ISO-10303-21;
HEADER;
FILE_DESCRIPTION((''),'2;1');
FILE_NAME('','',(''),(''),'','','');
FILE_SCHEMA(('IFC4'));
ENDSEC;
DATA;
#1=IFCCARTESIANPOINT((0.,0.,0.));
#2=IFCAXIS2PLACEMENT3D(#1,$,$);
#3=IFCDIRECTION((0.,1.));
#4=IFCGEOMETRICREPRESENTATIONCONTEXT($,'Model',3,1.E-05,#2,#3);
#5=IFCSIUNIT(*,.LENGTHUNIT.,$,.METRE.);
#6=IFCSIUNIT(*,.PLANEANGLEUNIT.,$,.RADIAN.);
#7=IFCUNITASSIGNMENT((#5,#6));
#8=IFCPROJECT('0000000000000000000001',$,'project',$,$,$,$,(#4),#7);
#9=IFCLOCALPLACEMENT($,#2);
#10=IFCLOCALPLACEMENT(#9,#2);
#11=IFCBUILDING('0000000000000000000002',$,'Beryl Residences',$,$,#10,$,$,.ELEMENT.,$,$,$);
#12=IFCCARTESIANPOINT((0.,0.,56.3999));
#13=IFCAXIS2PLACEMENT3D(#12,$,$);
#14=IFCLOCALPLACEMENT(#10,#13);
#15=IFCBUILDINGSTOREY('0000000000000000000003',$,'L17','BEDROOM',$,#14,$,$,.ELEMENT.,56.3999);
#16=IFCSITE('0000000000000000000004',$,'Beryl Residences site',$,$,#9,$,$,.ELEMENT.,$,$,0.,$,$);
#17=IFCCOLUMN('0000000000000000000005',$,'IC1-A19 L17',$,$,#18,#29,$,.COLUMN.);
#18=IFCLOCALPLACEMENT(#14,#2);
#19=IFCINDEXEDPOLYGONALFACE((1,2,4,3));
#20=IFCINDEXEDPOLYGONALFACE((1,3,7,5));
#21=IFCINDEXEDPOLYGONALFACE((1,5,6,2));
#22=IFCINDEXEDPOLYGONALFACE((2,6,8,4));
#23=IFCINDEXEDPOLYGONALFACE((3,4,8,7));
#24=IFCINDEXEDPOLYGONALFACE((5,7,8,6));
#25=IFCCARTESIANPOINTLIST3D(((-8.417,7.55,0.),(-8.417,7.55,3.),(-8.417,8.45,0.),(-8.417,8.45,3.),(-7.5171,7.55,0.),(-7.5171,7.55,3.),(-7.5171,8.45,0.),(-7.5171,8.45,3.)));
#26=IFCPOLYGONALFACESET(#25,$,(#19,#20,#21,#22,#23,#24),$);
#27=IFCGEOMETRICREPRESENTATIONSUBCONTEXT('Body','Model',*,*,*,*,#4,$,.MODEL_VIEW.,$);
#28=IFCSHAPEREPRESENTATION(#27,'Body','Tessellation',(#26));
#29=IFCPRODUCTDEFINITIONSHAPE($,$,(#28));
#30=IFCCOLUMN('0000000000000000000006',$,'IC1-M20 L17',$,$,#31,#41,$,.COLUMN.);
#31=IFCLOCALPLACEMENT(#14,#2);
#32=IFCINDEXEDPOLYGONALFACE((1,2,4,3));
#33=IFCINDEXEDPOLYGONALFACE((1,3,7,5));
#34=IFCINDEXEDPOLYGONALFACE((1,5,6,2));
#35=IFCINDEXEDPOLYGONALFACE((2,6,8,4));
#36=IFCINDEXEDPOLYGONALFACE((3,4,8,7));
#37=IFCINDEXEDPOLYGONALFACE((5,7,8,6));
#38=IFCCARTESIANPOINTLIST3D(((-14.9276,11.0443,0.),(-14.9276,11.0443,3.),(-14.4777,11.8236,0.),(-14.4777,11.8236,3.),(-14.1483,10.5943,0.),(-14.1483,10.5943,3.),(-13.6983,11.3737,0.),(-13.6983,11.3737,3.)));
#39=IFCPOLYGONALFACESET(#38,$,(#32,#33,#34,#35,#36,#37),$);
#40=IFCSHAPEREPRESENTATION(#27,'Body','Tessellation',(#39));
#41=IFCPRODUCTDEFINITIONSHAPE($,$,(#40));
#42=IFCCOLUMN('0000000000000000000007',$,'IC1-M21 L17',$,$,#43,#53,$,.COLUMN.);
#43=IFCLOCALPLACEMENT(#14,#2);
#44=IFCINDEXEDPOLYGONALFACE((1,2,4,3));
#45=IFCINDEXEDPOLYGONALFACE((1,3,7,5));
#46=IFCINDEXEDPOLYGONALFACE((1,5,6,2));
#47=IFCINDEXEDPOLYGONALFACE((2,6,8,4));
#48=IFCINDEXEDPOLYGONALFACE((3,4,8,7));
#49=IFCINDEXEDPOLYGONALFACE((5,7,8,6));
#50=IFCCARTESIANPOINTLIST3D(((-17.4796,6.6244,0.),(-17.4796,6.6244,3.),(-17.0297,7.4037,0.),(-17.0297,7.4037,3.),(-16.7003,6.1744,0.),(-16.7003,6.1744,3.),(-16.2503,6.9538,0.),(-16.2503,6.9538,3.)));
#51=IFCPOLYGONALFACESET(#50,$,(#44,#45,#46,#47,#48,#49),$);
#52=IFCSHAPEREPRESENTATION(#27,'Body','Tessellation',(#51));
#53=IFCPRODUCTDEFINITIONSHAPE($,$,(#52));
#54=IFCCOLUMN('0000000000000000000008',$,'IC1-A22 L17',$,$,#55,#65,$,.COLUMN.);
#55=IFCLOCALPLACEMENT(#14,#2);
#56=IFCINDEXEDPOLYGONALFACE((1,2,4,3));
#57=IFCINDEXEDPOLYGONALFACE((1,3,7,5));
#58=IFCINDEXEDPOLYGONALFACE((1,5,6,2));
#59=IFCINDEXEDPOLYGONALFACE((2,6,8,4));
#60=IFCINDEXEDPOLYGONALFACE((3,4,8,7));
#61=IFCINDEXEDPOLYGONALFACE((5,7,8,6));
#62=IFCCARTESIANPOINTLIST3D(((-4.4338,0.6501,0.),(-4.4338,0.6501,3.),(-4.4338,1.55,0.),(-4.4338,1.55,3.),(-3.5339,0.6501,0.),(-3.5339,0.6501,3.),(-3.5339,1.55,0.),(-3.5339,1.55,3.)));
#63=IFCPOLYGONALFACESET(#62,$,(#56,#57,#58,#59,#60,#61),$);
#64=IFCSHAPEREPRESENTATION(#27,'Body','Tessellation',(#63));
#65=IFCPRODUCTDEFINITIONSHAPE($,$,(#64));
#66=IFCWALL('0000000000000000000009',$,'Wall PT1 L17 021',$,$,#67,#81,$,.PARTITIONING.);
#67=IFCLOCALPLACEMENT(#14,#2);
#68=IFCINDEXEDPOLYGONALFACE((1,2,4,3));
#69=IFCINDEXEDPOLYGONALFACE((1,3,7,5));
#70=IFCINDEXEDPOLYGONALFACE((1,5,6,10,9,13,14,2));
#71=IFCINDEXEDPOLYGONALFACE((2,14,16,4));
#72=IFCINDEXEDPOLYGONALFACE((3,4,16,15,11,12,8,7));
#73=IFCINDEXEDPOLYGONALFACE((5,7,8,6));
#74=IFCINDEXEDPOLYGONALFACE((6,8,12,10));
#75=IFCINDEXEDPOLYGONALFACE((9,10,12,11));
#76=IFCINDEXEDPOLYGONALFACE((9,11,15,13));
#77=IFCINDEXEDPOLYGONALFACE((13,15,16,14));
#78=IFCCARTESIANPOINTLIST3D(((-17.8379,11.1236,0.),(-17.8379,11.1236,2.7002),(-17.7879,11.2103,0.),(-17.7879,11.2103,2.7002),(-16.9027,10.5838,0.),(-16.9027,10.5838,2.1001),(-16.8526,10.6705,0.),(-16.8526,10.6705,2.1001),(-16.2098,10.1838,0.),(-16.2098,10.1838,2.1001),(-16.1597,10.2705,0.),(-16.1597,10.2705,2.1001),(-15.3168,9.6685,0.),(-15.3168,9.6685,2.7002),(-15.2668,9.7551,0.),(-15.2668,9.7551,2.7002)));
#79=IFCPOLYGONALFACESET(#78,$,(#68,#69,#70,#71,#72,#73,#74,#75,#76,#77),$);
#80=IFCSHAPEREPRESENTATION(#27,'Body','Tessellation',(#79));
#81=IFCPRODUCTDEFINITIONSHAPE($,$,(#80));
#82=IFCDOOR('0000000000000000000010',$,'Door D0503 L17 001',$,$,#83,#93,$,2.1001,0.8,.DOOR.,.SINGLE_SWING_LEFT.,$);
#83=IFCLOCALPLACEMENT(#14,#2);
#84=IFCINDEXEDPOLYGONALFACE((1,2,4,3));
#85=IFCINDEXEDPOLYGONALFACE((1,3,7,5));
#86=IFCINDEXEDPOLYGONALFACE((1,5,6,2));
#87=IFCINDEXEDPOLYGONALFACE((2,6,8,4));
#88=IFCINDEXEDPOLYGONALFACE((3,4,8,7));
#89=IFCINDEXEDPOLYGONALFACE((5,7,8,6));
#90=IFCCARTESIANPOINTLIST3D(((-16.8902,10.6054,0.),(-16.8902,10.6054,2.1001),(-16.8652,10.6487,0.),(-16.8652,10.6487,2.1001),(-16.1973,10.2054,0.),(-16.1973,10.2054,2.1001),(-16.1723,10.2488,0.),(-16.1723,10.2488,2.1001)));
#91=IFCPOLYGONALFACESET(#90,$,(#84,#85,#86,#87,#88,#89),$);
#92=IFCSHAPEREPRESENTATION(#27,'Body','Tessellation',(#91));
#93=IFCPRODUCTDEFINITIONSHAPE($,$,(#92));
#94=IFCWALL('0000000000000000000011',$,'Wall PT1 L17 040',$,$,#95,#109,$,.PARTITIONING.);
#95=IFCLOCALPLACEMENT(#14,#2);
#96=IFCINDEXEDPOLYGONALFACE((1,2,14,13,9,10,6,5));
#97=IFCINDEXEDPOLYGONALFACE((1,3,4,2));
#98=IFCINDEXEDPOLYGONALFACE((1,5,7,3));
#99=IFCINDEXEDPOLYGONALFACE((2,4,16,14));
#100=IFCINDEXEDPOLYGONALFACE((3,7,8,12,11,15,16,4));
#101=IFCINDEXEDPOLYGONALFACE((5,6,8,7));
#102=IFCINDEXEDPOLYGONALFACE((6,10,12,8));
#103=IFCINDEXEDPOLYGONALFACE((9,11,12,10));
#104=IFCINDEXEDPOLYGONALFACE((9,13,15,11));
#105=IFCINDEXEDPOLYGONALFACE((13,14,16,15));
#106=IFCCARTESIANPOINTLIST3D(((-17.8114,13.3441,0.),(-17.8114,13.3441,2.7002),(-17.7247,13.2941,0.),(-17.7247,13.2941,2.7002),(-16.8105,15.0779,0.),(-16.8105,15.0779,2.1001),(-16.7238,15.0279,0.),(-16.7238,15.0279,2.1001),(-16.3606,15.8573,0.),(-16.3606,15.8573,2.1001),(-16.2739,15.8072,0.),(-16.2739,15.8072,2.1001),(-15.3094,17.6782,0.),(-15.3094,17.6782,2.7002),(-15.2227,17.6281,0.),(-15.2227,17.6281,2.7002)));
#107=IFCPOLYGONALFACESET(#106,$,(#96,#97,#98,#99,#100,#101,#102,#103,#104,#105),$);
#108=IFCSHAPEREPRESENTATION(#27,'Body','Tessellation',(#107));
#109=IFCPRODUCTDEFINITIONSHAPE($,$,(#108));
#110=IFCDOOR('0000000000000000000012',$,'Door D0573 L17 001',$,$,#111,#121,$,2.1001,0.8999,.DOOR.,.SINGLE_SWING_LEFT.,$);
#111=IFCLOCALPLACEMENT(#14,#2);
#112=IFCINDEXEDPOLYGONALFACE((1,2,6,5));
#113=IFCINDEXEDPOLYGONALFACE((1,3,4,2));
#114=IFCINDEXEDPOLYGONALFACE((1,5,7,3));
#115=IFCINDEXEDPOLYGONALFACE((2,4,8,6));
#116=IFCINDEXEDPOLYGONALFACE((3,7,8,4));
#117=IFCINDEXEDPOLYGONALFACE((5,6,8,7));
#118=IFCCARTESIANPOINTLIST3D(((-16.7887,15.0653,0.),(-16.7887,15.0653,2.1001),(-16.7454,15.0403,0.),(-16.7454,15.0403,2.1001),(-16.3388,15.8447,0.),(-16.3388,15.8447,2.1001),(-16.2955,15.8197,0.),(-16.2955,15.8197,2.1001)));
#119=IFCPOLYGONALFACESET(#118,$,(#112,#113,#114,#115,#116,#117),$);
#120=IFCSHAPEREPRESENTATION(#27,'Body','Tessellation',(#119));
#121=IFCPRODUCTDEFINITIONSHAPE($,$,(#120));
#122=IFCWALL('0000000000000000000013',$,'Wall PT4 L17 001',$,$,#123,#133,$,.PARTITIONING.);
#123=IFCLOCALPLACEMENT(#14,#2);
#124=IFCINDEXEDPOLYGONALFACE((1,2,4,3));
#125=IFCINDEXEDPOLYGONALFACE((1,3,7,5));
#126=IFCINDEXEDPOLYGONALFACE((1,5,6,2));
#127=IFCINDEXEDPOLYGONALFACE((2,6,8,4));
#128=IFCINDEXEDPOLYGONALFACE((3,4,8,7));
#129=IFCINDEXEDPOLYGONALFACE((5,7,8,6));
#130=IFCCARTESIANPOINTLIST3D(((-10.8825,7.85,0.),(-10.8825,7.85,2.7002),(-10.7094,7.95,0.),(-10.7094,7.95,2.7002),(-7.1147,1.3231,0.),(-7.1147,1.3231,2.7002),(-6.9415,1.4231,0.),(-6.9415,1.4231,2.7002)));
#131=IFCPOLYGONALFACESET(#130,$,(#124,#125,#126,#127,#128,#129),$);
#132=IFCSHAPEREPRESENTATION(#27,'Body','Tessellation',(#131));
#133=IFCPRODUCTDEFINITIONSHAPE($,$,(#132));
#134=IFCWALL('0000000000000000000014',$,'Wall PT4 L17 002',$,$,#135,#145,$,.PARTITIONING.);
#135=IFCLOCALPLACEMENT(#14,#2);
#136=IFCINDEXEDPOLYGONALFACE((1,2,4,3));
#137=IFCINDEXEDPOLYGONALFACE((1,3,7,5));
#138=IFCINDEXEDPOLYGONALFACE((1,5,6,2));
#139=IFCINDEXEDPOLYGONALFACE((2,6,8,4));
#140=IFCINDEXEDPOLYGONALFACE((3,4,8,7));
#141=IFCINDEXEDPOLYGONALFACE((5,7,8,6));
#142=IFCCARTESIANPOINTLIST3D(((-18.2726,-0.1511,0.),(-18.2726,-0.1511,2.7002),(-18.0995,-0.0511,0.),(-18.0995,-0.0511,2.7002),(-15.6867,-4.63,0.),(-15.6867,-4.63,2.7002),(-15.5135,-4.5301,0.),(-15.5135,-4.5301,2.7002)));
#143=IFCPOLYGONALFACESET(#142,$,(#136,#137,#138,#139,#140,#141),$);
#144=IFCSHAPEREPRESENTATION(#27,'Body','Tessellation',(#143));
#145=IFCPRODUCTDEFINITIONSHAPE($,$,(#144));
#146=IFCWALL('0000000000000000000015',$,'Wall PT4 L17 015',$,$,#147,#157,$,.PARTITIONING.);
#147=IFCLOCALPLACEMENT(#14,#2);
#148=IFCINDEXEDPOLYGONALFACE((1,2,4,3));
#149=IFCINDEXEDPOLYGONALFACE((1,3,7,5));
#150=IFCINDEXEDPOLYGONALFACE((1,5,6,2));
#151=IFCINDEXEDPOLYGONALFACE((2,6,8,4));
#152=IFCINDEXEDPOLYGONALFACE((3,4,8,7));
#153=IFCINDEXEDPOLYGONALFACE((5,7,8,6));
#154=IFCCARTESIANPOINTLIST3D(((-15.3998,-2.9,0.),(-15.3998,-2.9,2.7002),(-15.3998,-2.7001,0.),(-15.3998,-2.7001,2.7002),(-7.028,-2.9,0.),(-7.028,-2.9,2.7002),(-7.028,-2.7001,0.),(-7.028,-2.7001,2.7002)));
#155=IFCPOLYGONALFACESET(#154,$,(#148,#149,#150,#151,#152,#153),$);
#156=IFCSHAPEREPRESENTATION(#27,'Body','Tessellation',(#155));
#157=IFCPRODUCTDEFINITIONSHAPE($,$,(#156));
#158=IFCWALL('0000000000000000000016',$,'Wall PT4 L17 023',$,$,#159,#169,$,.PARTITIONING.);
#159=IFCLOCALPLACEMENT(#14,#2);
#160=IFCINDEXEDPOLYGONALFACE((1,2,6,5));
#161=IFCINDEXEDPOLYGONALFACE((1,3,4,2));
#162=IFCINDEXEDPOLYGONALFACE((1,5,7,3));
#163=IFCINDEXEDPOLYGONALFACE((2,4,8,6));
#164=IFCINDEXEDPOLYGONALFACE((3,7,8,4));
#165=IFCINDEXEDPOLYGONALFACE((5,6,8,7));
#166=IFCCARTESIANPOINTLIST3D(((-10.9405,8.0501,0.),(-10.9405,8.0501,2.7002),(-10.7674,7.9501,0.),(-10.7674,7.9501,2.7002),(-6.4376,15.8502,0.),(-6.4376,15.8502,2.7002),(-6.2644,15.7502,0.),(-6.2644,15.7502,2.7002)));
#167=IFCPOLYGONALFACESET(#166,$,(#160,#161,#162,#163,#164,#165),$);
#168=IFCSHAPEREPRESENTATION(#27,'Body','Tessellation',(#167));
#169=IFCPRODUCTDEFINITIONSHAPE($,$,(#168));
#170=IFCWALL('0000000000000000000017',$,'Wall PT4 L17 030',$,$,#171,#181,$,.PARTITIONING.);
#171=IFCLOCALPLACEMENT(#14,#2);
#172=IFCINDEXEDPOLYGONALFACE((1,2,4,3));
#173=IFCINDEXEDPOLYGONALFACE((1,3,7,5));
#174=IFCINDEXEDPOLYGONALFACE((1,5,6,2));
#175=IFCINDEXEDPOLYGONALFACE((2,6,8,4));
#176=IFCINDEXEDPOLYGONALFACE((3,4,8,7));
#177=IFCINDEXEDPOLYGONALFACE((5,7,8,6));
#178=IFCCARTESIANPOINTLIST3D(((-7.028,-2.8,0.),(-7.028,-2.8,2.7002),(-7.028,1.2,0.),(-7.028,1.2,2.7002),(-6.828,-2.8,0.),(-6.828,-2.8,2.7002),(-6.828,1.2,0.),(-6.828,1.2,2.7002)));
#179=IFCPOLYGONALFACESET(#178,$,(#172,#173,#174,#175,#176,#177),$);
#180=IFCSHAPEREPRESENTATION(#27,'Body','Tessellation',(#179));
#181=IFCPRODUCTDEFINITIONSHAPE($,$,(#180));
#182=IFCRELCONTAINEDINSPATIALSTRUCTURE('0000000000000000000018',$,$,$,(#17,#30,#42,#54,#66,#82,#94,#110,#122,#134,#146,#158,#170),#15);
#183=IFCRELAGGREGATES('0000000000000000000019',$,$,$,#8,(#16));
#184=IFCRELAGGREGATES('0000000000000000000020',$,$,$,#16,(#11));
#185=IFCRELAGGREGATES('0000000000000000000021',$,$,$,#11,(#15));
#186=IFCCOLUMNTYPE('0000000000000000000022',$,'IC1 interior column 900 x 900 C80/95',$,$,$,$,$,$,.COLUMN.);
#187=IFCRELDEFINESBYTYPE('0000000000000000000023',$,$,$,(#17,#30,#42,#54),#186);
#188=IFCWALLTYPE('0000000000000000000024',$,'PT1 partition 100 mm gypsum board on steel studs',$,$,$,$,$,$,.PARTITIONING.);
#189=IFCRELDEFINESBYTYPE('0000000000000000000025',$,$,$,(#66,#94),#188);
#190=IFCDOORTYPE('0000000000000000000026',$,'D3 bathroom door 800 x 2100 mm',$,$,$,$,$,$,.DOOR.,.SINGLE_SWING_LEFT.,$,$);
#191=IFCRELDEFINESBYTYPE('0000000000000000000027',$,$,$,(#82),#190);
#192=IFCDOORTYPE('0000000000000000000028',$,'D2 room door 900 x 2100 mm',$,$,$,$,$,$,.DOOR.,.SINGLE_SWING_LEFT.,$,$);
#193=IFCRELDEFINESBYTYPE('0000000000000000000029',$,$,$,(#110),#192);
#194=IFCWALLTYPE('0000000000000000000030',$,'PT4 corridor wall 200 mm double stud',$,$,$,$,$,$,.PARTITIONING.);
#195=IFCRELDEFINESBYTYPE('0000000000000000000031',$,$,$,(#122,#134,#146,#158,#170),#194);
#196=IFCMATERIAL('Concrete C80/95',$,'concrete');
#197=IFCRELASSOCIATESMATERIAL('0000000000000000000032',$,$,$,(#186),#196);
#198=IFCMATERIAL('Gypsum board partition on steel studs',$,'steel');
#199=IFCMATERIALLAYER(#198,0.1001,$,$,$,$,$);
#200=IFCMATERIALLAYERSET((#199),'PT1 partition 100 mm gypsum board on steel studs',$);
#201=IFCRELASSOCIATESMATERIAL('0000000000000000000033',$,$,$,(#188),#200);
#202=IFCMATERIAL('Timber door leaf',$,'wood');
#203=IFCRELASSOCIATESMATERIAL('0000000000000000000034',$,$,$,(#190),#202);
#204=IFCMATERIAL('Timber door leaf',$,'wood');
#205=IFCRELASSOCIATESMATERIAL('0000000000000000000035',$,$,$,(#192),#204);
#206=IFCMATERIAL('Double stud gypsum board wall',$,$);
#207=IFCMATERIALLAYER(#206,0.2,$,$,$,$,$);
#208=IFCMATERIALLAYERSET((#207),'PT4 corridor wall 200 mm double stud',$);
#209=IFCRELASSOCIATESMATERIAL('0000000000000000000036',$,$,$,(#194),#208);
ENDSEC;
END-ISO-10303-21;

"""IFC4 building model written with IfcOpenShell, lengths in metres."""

from ifc_helpers import new_model, si_unit, direction, frame, frame_2d, origin, origin_2d, place, context, subcontext, project, spatial, rectangle, extrude, material, layer, layer_set, material_profile, profile_set, type_object, element, fill, save


model = new_model("IFC4")

# Units and contexts
model_context = context("Model", 3, precision=1e-05, world=origin(), true_north=direction((0.0, 1.0)))
body_context = subcontext(model_context, "Body", "Model", "MODEL_VIEW")
ifc_project = project(units=[si_unit("LENGTHUNIT", "METRE"), si_unit("PLANEANGLEUNIT", "RADIAN")], contexts=[model_context])

# Site, building, storey
site_placement = place(None, origin())
site = spatial("IfcSite", under=ifc_project, at=site_placement, Name="Beryl Residences site", CompositionType="ELEMENT", RefElevation=0.0)
building_placement = place(site_placement, origin())
building = spatial("IfcBuilding", under=site, at=building_placement, Name="Beryl Residences", CompositionType="ELEMENT")
storey_placement = place(building_placement, frame((0.0, 0.0, 56.3999)))
storey = spatial("IfcBuildingStorey", under=building, at=storey_placement, Name="L17", Description="BEDROOM", CompositionType="ELEMENT", Elevation=56.3999)

# Columns
ifc_material_1 = material(Name="Concrete C80/95", Category="concrete")
ifc_material_profile = material_profile(ifc_material_1, rectangle(XDim=0.8999, YDim=0.8999, at=origin_2d()))
ifc_profile_set = profile_set([ifc_material_profile], Name="Concrete C80/95")
column_type = type_object("IfcColumnType", Name="IC1 interior column 900 x 900 C80/95", PredefinedType="COLUMN", material=ifc_profile_set)
for number, where, z_axis, x_axis, name in (
    (1, (-7.967, 8.0, 0.0), (0.0, 0.0, 1.0), (1.0, 0.0, 0.0), "IC1-A19 L17"),
    (2, (-14.313, 11.209, 0.0), (0.0, 0.0, 1.0), (-0.499985, -0.866034, 0.0), "IC1-M20 L17"),
    (3, (-16.865, 6.7891, 0.0), (0.0, 0.0, 1.0), (-0.499985, -0.866034, 0.0), "IC1-M21 L17"),
    (4, (-3.9839, 1.1001, 0.0), (0.0, 0.0, 1.0), (1.0, 0.0, 0.0), "IC1-A22 L17"),
):
    element("IfcColumn", number, at=place(storey_placement, frame(where, z_axis=z_axis, x_axis=x_axis)), inside=storey, type_object=column_type, Name=name, PredefinedType="COLUMN", context=body_context, shape_type="SweptSolid", body=[
        extrude(rectangle(XDim=0.8999, YDim=0.8999, at=origin_2d()), origin(), (0.0, 0.0, 1.0), 3.0),
    ])

# Walls, openings, doors
ifc_material_2 = material(Name="Gypsum board partition on steel studs", Category="steel")
ifc_layer_1 = layer(ifc_material_2, 0.1001)
ifc_layer_set_1 = layer_set([ifc_layer_1], Name="PT1 partition 100 mm gypsum board on steel studs")
wall_type_1 = type_object("IfcWallType", Name="PT1 partition 100 mm gypsum board on steel studs", PredefinedType="PARTITIONING", material=ifc_layer_set_1)
wall_1_placement = place(storey_placement, frame((-17.813, 11.167, 0.0), z_axis=(0.0, 0.0, 1.0), x_axis=(0.866088, -0.499892, 0.0)))
wall_1 = element("IfcWall", 5, at=wall_1_placement, inside=storey, type_object=wall_type_1, Name="Wall PT1 L17 021", PredefinedType="PARTITIONING", context=body_context, shape_type="SweptSolid", body=[
    extrude(rectangle(XDim=2.9109, YDim=0.1001, at=frame_2d((1.4556, 0.0))), origin(), (0.0, 0.0, 1.0), 2.7002),
])
opening_1_placement = place(wall_1_placement, frame((1.0801, 0.0, 0.0)))
opening_1 = element("IfcOpeningElement", 6, at=opening_1_placement, cuts=wall_1, PredefinedType="OPENING", context=body_context, shape_type="SweptSolid", body=[
    extrude(rectangle(XDim=0.8, YDim=2.1001, at=frame_2d((0.3999, 1.05))), frame((0.0, 0.0601, 0.0), z_axis=(0.0, -1.0, 0.0), x_axis=(1.0, 0.0, 0.0)), (0.0, 0.0, 1.0), 0.1201),
])
ifc_material_3 = material(Name="Timber door leaf", Category="wood")
door_type_1 = type_object("IfcDoorType", Name="D3 bathroom door 800 x 2100 mm", OperationType="SINGLE_SWING_LEFT", PredefinedType="DOOR", material=ifc_material_3)
door_1_placement = place(opening_1_placement, origin())
door_1 = element("IfcDoor", 7, at=door_1_placement, inside=storey, type_object=door_type_1, Name="Door D0503 L17 001", OperationType="SINGLE_SWING_LEFT", OverallHeight=2.1001, OverallWidth=0.8, PredefinedType="DOOR", context=body_context, shape_type="SweptSolid", body=[
    extrude(rectangle(XDim=0.8, YDim=2.1001, at=frame_2d((0.3999, 1.05))), frame((0.0, 0.0249, 0.0), z_axis=(0.0, -1.0, 0.0), x_axis=(1.0, 0.0, 0.0)), (0.0, 0.0, 1.0), 0.05),
])
fill(opening_1, door_1)
wall_2_placement = place(storey_placement, frame((-17.7681, 13.3191, 0.0), z_axis=(0.0, 0.0, 1.0), x_axis=(0.499959, 0.866049, 0.0)))
wall_2 = element("IfcWall", 8, at=wall_2_placement, inside=storey, type_object=wall_type_1, Name="Wall PT1 L17 040", PredefinedType="PARTITIONING", context=body_context, shape_type="SweptSolid", body=[
    extrude(rectangle(XDim=5.0044, YDim=0.1001, at=frame_2d((2.5022, 0.0))), origin(), (0.0, 0.0, 1.0), 2.7002),
])
opening_2_placement = place(wall_2_placement, frame((2.002, 0.0, 0.0)))
opening_2 = element("IfcOpeningElement", 9, at=opening_2_placement, cuts=wall_2, PredefinedType="OPENING", context=body_context, shape_type="SweptSolid", body=[
    extrude(rectangle(XDim=0.8999, YDim=2.1001, at=frame_2d((0.45, 1.05))), frame((0.0, 0.0601, 0.0), z_axis=(0.0, -1.0, 0.0), x_axis=(1.0, 0.0, 0.0)), (0.0, 0.0, 1.0), 0.1201),
])
ifc_material_4 = material(Name="Timber door leaf", Category="wood")
door_type_2 = type_object("IfcDoorType", Name="D2 room door 900 x 2100 mm", OperationType="SINGLE_SWING_LEFT", PredefinedType="DOOR", material=ifc_material_4)
door_2_placement = place(opening_2_placement, origin())
door_2 = element("IfcDoor", 10, at=door_2_placement, inside=storey, type_object=door_type_2, Name="Door D0573 L17 001", OperationType="SINGLE_SWING_LEFT", OverallHeight=2.1001, OverallWidth=0.8999, PredefinedType="DOOR", context=body_context, shape_type="SweptSolid", body=[
    extrude(rectangle(XDim=0.8999, YDim=2.1001, at=frame_2d((0.45, 1.05))), frame((0.0, 0.0249, 0.0), z_axis=(0.0, -1.0, 0.0), x_axis=(1.0, 0.0, 0.0)), (0.0, 0.0, 1.0), 0.05),
])
fill(opening_2, door_2)

# Walls
ifc_material_5 = material(Name="Double stud gypsum board wall")
ifc_layer_2 = layer(ifc_material_5, 0.2)
ifc_layer_set_2 = layer_set([ifc_layer_2], Name="PT4 corridor wall 200 mm double stud")
wall_type_2 = type_object("IfcWallType", Name="PT4 corridor wall 200 mm double stud", PredefinedType="PARTITIONING", material=ifc_layer_set_2)
wall_3_placement = place(storey_placement, frame((-10.7959, 7.8999, 0.0), z_axis=(0.0, 0.0, 1.0), x_axis=(0.499954, -0.866052, 0.0)))
element("IfcWall", 11, at=wall_3_placement, inside=storey, type_object=wall_type_2, Name="Wall PT4 L17 001", PredefinedType="PARTITIONING", context=body_context, shape_type="SweptSolid", body=[
    extrude(rectangle(XDim=7.5364, YDim=0.2, at=frame_2d((3.7681, 0.0))), origin(), (0.0, 0.0, 1.0), 2.7002),
])
wall_4_placement = place(storey_placement, frame((-18.186, -0.1011, 0.0), z_axis=(0.0, 0.0, 1.0), x_axis=(0.499998, -0.866027, 0.0)))
element("IfcWall", 12, at=wall_4_placement, inside=storey, type_object=wall_type_2, Name="Wall PT4 L17 002", PredefinedType="PARTITIONING", context=body_context, shape_type="SweptSolid", body=[
    extrude(rectangle(XDim=5.1719, YDim=0.2, at=frame_2d((2.5859, 0.0))), origin(), (0.0, 0.0, 1.0), 2.7002),
])
wall_5_placement = place(storey_placement, frame((-15.3999, -2.8, 0.0), z_axis=(0.0, 0.0, 1.0), x_axis=(1.0, 0.0, 0.0)))
element("IfcWall", 13, at=wall_5_placement, inside=storey, type_object=wall_type_2, Name="Wall PT4 L17 015", PredefinedType="PARTITIONING", context=body_context, shape_type="SweptSolid", body=[
    extrude(rectangle(XDim=8.3718, YDim=0.2, at=frame_2d((4.186, 0.0))), origin(), (0.0, 0.0, 1.0), 2.7002),
])
wall_6_placement = place(storey_placement, frame((-10.854, 8.0, 0.0), z_axis=(0.0, 0.0, 1.0), x_axis=(0.499964, 0.866046, 0.0)))
element("IfcWall", 14, at=wall_6_placement, inside=storey, type_object=wall_type_2, Name="Wall PT4 L17 023", PredefinedType="PARTITIONING", context=body_context, shape_type="SweptSolid", body=[
    extrude(rectangle(XDim=9.0066, YDim=0.2, at=frame_2d((4.5034, 0.0))), origin(), (0.0, 0.0, 1.0), 2.7002),
])
wall_7_placement = place(storey_placement, frame((-6.928, -2.8, 0.0), z_axis=(0.0, 0.0, 1.0), x_axis=(0.0, 1.0, 0.0)))
element("IfcWall", 15, at=wall_7_placement, inside=storey, type_object=wall_type_2, Name="Wall PT4 L17 030", PredefinedType="PARTITIONING", context=body_context, shape_type="SweptSolid", body=[
    extrude(rectangle(XDim=4.0, YDim=0.2, at=frame_2d((2.0, 0.0))), origin(), (0.0, 0.0, 1.0), 2.7002),
])

save(model, "model.ifc")
